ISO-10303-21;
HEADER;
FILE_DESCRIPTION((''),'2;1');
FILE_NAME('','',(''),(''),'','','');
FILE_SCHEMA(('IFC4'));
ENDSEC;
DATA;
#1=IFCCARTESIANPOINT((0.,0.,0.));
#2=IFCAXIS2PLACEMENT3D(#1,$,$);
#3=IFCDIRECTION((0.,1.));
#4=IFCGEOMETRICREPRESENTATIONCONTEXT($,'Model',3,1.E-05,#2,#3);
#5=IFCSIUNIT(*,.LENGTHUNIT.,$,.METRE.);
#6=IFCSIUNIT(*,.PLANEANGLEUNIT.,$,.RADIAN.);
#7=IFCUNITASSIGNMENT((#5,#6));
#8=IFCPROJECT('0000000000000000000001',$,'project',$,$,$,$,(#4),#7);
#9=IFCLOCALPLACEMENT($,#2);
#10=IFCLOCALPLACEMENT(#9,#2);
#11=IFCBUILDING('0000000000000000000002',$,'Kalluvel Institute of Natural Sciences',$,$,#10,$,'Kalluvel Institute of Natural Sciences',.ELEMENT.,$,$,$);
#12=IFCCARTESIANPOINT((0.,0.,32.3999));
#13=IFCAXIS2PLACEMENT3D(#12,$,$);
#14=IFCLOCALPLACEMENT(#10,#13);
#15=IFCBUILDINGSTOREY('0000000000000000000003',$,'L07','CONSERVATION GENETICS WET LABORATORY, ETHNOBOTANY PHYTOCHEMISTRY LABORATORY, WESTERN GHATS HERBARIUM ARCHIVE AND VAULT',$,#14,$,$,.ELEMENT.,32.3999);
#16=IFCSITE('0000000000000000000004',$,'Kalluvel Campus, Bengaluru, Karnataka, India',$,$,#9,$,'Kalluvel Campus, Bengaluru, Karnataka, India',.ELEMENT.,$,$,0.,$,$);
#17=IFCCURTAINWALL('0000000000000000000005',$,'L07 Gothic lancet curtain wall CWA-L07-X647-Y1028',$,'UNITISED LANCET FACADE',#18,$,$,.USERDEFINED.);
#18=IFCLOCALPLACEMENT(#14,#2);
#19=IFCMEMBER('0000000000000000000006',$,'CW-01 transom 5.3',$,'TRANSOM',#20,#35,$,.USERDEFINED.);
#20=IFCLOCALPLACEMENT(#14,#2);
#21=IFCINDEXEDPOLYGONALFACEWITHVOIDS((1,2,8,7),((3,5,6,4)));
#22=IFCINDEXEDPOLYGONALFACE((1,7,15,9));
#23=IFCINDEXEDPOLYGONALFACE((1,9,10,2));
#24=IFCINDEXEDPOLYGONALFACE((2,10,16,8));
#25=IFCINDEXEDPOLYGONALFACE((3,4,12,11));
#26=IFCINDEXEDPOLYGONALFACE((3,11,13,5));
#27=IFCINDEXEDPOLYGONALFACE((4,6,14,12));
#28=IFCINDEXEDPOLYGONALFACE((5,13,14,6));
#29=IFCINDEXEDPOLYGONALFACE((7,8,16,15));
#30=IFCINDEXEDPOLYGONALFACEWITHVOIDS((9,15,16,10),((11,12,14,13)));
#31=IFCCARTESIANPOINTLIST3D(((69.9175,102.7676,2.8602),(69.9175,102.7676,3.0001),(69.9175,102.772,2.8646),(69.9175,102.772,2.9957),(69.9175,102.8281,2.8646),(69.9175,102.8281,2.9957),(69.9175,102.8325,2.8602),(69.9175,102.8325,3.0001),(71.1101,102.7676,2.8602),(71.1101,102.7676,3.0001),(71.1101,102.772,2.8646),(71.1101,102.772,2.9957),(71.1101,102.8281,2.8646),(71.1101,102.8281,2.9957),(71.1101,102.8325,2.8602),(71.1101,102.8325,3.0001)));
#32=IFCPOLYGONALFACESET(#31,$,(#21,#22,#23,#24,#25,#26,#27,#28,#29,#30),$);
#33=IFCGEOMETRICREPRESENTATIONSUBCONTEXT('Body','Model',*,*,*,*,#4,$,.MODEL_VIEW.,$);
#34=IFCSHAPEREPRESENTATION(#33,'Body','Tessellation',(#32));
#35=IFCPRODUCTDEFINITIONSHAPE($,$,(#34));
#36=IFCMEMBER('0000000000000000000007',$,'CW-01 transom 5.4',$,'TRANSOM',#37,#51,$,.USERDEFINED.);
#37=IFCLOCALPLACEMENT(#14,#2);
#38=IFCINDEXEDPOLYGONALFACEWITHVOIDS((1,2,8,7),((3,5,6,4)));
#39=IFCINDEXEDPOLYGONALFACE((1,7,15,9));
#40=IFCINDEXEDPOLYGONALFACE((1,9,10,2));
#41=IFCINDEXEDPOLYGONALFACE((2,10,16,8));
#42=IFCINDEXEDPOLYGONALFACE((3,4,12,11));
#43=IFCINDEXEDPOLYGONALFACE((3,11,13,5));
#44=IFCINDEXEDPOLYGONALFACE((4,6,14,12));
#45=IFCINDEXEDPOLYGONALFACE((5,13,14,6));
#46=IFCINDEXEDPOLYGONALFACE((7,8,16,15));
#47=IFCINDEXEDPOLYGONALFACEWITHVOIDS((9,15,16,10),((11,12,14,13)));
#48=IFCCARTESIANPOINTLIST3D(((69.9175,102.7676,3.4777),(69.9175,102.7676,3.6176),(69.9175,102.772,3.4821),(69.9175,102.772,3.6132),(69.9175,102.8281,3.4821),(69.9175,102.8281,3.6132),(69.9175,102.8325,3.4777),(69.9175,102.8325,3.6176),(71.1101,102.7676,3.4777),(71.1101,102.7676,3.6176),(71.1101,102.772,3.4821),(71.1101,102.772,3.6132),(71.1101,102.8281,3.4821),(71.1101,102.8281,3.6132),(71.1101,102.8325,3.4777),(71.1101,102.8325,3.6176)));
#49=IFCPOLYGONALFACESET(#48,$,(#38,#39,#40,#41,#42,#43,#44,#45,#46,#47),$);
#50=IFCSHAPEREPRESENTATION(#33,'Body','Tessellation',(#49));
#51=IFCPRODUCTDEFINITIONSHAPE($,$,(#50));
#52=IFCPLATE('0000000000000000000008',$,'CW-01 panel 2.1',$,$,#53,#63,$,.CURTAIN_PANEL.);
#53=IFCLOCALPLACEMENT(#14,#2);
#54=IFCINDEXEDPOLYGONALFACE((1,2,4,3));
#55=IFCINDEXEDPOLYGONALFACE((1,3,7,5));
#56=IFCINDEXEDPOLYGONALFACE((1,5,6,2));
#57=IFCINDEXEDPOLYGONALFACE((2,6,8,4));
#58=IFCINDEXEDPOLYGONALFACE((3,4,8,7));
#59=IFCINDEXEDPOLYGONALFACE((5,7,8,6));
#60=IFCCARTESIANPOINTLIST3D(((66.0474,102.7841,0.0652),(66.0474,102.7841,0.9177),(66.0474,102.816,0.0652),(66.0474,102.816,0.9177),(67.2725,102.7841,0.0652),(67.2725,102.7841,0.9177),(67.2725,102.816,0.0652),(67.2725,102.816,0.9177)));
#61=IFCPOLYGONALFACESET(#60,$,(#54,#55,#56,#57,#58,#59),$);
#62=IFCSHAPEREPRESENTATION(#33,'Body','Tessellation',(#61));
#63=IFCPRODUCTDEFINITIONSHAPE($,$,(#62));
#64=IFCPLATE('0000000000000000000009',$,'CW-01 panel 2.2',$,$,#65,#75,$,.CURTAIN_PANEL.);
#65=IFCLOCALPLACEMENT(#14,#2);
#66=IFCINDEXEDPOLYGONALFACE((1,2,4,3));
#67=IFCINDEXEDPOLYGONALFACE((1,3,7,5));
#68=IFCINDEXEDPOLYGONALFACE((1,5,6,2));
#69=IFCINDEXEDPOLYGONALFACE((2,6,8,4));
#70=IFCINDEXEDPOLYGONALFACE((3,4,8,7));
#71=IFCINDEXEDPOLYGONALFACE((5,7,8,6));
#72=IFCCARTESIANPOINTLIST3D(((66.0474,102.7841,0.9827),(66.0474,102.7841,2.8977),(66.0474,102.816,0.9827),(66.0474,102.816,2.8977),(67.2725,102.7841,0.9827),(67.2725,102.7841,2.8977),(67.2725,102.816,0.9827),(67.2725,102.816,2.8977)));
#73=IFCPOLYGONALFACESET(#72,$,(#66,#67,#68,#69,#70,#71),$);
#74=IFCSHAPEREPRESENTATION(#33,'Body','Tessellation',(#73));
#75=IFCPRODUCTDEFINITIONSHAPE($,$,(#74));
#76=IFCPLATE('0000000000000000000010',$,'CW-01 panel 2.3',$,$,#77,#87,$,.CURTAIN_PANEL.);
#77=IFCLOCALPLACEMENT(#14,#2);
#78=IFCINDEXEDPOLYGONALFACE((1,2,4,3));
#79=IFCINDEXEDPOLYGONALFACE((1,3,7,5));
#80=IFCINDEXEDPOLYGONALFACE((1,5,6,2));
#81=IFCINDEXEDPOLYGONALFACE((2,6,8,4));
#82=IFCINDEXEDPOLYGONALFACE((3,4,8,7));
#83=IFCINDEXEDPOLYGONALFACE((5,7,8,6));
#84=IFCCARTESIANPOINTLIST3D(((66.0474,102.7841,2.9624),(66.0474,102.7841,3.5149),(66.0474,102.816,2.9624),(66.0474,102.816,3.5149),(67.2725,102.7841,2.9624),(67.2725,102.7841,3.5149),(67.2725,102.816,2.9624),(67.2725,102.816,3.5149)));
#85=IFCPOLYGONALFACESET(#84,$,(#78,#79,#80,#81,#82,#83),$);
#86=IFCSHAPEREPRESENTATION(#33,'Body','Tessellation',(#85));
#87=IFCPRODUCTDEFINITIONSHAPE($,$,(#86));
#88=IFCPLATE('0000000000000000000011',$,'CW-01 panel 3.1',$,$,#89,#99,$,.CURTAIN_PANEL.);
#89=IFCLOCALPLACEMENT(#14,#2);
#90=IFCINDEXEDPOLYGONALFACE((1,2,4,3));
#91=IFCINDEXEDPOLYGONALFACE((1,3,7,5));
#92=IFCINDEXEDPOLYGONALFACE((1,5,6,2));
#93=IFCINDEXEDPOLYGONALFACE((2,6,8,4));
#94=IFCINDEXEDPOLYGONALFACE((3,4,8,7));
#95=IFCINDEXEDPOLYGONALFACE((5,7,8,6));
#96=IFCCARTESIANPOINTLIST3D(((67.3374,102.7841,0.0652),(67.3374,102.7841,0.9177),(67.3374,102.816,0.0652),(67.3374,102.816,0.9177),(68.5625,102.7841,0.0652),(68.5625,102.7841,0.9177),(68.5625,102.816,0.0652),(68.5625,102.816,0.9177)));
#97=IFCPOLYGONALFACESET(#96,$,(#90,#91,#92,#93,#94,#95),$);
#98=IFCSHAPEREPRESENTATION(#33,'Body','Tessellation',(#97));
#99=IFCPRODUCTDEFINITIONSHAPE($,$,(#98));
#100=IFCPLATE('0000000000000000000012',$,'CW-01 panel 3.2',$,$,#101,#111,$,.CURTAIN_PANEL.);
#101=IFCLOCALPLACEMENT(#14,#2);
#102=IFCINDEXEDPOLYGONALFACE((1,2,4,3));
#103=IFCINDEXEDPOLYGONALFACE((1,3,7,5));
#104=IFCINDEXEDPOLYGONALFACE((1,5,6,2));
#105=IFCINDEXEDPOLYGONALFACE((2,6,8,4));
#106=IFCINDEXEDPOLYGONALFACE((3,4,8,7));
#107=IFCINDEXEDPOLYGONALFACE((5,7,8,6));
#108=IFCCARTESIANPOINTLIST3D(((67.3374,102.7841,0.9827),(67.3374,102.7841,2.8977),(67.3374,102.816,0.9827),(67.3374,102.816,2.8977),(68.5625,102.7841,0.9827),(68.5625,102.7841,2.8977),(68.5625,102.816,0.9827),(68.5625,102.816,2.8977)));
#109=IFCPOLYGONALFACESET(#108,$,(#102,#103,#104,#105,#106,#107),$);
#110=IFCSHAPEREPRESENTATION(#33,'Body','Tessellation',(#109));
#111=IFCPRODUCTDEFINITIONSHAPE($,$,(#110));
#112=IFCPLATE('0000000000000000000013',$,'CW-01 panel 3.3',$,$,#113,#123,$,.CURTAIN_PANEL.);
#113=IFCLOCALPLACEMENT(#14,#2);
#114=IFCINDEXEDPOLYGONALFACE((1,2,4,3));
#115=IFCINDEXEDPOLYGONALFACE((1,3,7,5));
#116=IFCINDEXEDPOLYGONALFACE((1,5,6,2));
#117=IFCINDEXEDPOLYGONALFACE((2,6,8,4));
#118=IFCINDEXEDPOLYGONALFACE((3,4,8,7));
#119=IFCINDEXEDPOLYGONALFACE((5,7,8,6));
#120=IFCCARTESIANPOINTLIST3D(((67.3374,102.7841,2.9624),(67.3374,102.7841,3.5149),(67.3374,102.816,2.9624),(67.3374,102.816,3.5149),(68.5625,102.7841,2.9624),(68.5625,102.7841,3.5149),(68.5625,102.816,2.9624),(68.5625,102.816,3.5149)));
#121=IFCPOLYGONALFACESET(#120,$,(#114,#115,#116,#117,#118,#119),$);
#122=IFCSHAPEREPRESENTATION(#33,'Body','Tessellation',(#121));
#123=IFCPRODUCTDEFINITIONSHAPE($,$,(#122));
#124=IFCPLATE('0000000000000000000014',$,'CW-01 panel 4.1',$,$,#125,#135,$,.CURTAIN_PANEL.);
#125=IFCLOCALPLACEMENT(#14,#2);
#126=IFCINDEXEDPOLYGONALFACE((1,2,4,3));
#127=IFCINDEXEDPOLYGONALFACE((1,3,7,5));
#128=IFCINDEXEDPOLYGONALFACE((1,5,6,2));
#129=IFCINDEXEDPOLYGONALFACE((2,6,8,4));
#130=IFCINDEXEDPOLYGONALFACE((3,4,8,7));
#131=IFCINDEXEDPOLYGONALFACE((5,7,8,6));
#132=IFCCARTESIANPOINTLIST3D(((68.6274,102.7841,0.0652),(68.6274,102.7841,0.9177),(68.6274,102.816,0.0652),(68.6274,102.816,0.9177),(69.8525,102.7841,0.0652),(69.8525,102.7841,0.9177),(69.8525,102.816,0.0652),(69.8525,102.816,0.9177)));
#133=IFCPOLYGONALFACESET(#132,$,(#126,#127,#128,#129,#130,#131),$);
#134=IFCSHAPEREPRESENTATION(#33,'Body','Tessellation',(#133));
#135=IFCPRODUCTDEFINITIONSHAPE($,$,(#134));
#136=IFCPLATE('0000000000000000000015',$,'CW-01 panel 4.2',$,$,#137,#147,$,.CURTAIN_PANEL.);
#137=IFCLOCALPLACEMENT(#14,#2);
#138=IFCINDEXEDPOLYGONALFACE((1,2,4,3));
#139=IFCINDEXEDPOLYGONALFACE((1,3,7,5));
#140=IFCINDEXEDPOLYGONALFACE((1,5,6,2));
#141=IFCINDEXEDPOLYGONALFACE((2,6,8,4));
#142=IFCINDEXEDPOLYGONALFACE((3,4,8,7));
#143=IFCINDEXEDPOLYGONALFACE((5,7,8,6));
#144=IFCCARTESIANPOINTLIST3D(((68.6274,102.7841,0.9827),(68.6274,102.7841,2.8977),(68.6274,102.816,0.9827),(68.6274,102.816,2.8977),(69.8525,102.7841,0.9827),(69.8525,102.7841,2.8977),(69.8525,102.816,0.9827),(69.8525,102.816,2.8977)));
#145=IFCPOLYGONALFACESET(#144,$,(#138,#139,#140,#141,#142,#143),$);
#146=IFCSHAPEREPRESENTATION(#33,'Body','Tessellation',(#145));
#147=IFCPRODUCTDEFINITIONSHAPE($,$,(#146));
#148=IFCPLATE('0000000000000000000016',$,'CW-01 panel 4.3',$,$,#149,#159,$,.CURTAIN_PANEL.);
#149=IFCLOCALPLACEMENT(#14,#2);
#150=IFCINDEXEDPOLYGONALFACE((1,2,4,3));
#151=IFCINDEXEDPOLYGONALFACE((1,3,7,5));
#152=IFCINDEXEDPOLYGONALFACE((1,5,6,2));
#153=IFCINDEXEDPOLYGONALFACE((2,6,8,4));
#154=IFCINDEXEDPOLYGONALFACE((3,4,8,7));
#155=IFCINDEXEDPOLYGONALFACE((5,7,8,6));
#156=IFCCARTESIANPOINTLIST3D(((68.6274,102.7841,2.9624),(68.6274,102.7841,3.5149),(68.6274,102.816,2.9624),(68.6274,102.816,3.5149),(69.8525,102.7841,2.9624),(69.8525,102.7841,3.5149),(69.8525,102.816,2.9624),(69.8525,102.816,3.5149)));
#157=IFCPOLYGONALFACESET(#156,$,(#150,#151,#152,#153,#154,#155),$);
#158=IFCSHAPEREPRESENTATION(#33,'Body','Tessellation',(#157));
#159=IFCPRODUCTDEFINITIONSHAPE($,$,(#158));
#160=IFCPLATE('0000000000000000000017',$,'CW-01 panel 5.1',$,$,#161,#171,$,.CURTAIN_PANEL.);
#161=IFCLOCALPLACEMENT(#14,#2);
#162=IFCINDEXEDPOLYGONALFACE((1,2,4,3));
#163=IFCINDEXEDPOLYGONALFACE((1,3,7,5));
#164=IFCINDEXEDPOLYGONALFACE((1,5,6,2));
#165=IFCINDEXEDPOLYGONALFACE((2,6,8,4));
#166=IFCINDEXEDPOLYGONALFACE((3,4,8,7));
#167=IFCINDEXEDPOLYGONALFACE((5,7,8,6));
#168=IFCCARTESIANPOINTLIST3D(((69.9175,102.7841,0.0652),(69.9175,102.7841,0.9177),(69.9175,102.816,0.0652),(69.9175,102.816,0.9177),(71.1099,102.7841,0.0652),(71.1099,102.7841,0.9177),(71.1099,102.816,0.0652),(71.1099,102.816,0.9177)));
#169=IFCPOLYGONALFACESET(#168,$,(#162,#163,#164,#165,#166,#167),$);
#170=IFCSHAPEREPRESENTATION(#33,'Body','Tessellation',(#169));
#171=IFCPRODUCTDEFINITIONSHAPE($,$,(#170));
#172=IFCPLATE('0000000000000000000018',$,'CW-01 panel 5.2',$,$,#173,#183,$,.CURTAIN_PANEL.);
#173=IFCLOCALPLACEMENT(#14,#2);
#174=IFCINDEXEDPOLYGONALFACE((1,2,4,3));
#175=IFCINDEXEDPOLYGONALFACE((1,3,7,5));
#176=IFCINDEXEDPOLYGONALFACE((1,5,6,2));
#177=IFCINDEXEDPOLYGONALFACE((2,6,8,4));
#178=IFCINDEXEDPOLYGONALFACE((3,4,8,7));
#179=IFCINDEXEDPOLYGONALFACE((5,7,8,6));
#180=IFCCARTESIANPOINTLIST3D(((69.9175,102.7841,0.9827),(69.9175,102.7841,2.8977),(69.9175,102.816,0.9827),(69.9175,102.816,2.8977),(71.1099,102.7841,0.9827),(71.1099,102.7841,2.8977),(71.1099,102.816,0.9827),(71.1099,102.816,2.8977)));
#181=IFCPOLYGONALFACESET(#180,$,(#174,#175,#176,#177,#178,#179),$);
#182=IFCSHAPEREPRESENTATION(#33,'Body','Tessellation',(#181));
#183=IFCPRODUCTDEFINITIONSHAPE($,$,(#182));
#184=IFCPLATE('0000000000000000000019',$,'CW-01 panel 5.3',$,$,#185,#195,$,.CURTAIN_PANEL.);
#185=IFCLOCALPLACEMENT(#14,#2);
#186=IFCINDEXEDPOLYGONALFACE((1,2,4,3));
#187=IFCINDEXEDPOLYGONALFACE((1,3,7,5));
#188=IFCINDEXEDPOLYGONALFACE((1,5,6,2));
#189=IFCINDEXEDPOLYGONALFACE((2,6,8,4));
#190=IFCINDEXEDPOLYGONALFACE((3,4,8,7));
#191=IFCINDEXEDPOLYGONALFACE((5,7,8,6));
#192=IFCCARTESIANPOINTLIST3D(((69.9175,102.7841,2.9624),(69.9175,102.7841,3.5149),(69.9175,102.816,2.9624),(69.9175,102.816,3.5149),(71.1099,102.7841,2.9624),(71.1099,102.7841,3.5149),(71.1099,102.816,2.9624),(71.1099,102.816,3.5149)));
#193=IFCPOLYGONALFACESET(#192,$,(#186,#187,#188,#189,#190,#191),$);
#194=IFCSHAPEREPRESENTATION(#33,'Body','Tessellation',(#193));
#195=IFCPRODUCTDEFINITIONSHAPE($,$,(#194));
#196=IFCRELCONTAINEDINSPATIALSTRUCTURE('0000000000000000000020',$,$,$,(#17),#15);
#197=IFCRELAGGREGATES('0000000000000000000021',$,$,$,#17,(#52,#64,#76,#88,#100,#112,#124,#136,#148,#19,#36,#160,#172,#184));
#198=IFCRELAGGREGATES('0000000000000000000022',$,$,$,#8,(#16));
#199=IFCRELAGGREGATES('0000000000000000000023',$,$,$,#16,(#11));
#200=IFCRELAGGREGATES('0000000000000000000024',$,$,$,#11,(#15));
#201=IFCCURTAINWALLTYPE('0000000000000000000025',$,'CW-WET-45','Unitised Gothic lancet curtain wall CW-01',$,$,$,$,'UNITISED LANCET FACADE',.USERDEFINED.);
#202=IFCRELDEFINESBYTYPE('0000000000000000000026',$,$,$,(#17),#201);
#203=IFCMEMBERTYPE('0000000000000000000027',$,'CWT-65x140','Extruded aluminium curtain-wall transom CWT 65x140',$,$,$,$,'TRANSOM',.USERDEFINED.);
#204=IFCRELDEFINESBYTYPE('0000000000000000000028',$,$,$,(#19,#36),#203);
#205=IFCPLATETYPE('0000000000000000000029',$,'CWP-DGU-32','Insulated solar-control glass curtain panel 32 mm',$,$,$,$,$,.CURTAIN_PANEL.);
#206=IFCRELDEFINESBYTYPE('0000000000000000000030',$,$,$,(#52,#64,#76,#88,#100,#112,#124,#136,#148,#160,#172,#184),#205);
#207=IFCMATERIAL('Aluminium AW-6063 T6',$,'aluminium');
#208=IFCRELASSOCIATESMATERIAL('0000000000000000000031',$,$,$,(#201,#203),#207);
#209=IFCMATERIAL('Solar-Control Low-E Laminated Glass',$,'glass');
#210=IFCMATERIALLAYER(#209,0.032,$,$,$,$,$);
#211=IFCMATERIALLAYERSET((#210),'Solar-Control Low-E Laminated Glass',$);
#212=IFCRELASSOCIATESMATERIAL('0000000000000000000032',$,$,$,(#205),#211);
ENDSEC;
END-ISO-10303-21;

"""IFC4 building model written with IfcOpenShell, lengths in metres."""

from ifc_helpers import new_model, si_unit, direction, frame, origin, origin_2d, place, context, subcontext, project, spatial, rectangle, hollow_rectangle, extrude, material, layer, layer_set, material_profile, profile_set, type_object, element, aggregate, save


model = new_model("IFC4")

# Units and contexts
model_context = context("Model", 3, precision=1e-05, world=origin(), true_north=direction((0.0, 1.0)))
body_context = subcontext(model_context, "Body", "Model", "MODEL_VIEW")
ifc_project = project(units=[si_unit("LENGTHUNIT", "METRE"), si_unit("PLANEANGLEUNIT", "RADIAN")], contexts=[model_context])

# Site, building, storey
site_placement = place(None, origin())
site = spatial("IfcSite", under=ifc_project, at=site_placement, Name="Kalluvel Campus, Bengaluru, Karnataka, India", LongName="Kalluvel Campus, Bengaluru, Karnataka, India", CompositionType="ELEMENT", RefElevation=0.0)
building_placement = place(site_placement, origin())
building = spatial("IfcBuilding", under=site, at=building_placement, Name="Kalluvel Institute of Natural Sciences", LongName="Kalluvel Institute of Natural Sciences", CompositionType="ELEMENT")
storey_placement = place(building_placement, frame((0.0, 0.0, 32.3999)))
storey = spatial("IfcBuildingStorey", under=building, at=storey_placement, Name="L07", Description="CONSERVATION GENETICS WET LABORATORY, ETHNOBOTANY PHYTOCHEMISTRY LABORATORY, WESTERN GHATS HERBARIUM ARCHIVE AND VAULT", CompositionType="ELEMENT", Elevation=32.3999)

# Curtain wall, members, plates
ifc_material_1 = material(Name="Aluminium AW-6063 T6", Category="aluminium")
curtain_wall_type = type_object("IfcCurtainWallType", Name="CW-WET-45", Description="Unitised Gothic lancet curtain wall CW-01", ElementType="UNITISED LANCET FACADE", PredefinedType="USERDEFINED", material=ifc_material_1)
curtain_wall_placement = place(storey_placement, origin())
curtain_wall = element("IfcCurtainWall", 1, at=curtain_wall_placement, inside=storey, type_object=curtain_wall_type, Name="L07 Gothic lancet curtain wall CWA-L07-X647-Y1028", ObjectType="UNITISED LANCET FACADE", PredefinedType="USERDEFINED")
ifc_material_profile_1 = material_profile(ifc_material_1, hollow_rectangle(XDim=0.0649, YDim=0.1399, WallThickness=0.0044, at=origin_2d()), Name="CWT 65x140")
ifc_profile_set_1 = profile_set([ifc_material_profile_1], Name="Aluminium AW-6063 T6")
member_type_1 = type_object("IfcMemberType", Name="CWT-65x140", Description="Extruded aluminium curtain-wall transom CWT 65x140", ElementType="TRANSOM", PredefinedType="USERDEFINED", material=ifc_profile_set_1)
member_1_placement = place(storey_placement, frame((69.9175, 102.8, 2.9302), z_axis=(1.0, 0.0, 0.0), x_axis=(0.0, 1.0, 0.0)))
member_1 = element("IfcMember", 2, at=member_1_placement, type_object=member_type_1, Name="CW-01 transom 5.3", ObjectType="TRANSOM", PredefinedType="USERDEFINED", context=body_context, shape_type="SweptSolid", body=[
    extrude(hollow_rectangle(XDim=0.0649, YDim=0.1399, WallThickness=0.0044, at=origin_2d()), origin(), (0.0, 0.0, 1.0), 1.1926),
])
member_2_placement = place(storey_placement, frame((69.9175, 102.8, 3.5476), z_axis=(1.0, 0.0, 0.0), x_axis=(0.0, 1.0, 0.0)))
member_2 = element("IfcMember", 3, at=member_2_placement, type_object=member_type_1, Name="CW-01 transom 5.4", ObjectType="TRANSOM", PredefinedType="USERDEFINED", context=body_context, shape_type="SweptSolid", body=[
    extrude(hollow_rectangle(XDim=0.0649, YDim=0.1399, WallThickness=0.0044, at=origin_2d()), origin(), (0.0, 0.0, 1.0), 1.1926),
])
ifc_material_2 = material(Name="Solar-Control Low-E Laminated Glass", Category="glass")
ifc_layer_1 = layer(ifc_material_2, 0.032)
ifc_layer_set_1 = layer_set([ifc_layer_1], Name="Solar-Control Low-E Laminated Glass")
plate_type = type_object("IfcPlateType", Name="CWP-DGU-32", Description="Insulated solar-control glass curtain panel 32 mm", PredefinedType="CURTAIN_PANEL", material=ifc_layer_set_1)
plate_1_placement = place(storey_placement, frame((66.6599, 102.8, 0.0652), z_axis=(0.0, 0.0, 1.0), x_axis=(1.0, 0.0, 0.0)))
plate_1 = element("IfcPlate", 4, at=plate_1_placement, type_object=plate_type, Name="CW-01 panel 2.1", PredefinedType="CURTAIN_PANEL", context=body_context, shape_type="SweptSolid", body=[
    extrude(rectangle(XDim=1.2251, YDim=0.032, at=origin_2d()), origin(), (0.0, 0.0, 1.0), 0.8525),
])
plate_2_placement = place(storey_placement, frame((66.6599, 102.8, 0.9827), z_axis=(0.0, 0.0, 1.0), x_axis=(1.0, 0.0, 0.0)))
plate_2 = element("IfcPlate", 5, at=plate_2_placement, type_object=plate_type, Name="CW-01 panel 2.2", PredefinedType="CURTAIN_PANEL", context=body_context, shape_type="SweptSolid", body=[
    extrude(rectangle(XDim=1.2251, YDim=0.032, at=origin_2d()), origin(), (0.0, 0.0, 1.0), 1.915),
])
plate_3_placement = place(storey_placement, frame((66.6599, 102.8, 2.9624), z_axis=(0.0, 0.0, 1.0), x_axis=(1.0, 0.0, 0.0)))
plate_3 = element("IfcPlate", 6, at=plate_3_placement, type_object=plate_type, Name="CW-01 panel 2.3", PredefinedType="CURTAIN_PANEL", context=body_context, shape_type="SweptSolid", body=[
    extrude(rectangle(XDim=1.2251, YDim=0.032, at=origin_2d()), origin(), (0.0, 0.0, 1.0), 0.5525),
])
plate_4_placement = place(storey_placement, frame((67.95, 102.8, 0.0652), z_axis=(0.0, 0.0, 1.0), x_axis=(1.0, 0.0, 0.0)))
plate_4 = element("IfcPlate", 7, at=plate_4_placement, type_object=plate_type, Name="CW-01 panel 3.1", PredefinedType="CURTAIN_PANEL", context=body_context, shape_type="SweptSolid", body=[
    extrude(rectangle(XDim=1.2251, YDim=0.032, at=origin_2d()), origin(), (0.0, 0.0, 1.0), 0.8525),
])
plate_5_placement = place(storey_placement, frame((67.95, 102.8, 0.9827), z_axis=(0.0, 0.0, 1.0), x_axis=(1.0, 0.0, 0.0)))
plate_5 = element("IfcPlate", 8, at=plate_5_placement, type_object=plate_type, Name="CW-01 panel 3.2", PredefinedType="CURTAIN_PANEL", context=body_context, shape_type="SweptSolid", body=[
    extrude(rectangle(XDim=1.2251, YDim=0.032, at=origin_2d()), origin(), (0.0, 0.0, 1.0), 1.915),
])
plate_6_placement = place(storey_placement, frame((67.95, 102.8, 2.9624), z_axis=(0.0, 0.0, 1.0), x_axis=(1.0, 0.0, 0.0)))
plate_6 = element("IfcPlate", 9, at=plate_6_placement, type_object=plate_type, Name="CW-01 panel 3.3", PredefinedType="CURTAIN_PANEL", context=body_context, shape_type="SweptSolid", body=[
    extrude(rectangle(XDim=1.2251, YDim=0.032, at=origin_2d()), origin(), (0.0, 0.0, 1.0), 0.5525),
])
plate_7_placement = place(storey_placement, frame((69.24, 102.8, 0.0652), z_axis=(0.0, 0.0, 1.0), x_axis=(1.0, 0.0, 0.0)))
plate_7 = element("IfcPlate", 10, at=plate_7_placement, type_object=plate_type, Name="CW-01 panel 4.1", PredefinedType="CURTAIN_PANEL", context=body_context, shape_type="SweptSolid", body=[
    extrude(rectangle(XDim=1.2251, YDim=0.032, at=origin_2d()), origin(), (0.0, 0.0, 1.0), 0.8525),
])
plate_8_placement = place(storey_placement, frame((69.24, 102.8, 0.9827), z_axis=(0.0, 0.0, 1.0), x_axis=(1.0, 0.0, 0.0)))
plate_8 = element("IfcPlate", 11, at=plate_8_placement, type_object=plate_type, Name="CW-01 panel 4.2", PredefinedType="CURTAIN_PANEL", context=body_context, shape_type="SweptSolid", body=[
    extrude(rectangle(XDim=1.2251, YDim=0.032, at=origin_2d()), origin(), (0.0, 0.0, 1.0), 1.915),
])
plate_9_placement = place(storey_placement, frame((69.24, 102.8, 2.9624), z_axis=(0.0, 0.0, 1.0), x_axis=(1.0, 0.0, 0.0)))
plate_9 = element("IfcPlate", 12, at=plate_9_placement, type_object=plate_type, Name="CW-01 panel 4.3", PredefinedType="CURTAIN_PANEL", context=body_context, shape_type="SweptSolid", body=[
    extrude(rectangle(XDim=1.2251, YDim=0.032, at=origin_2d()), origin(), (0.0, 0.0, 1.0), 0.5525),
])
plate_10_placement = place(storey_placement, frame((70.5137, 102.8, 0.0652), z_axis=(0.0, 0.0, 1.0), x_axis=(1.0, 0.0, 0.0)))
plate_10 = element("IfcPlate", 13, at=plate_10_placement, type_object=plate_type, Name="CW-01 panel 5.1", PredefinedType="CURTAIN_PANEL", context=body_context, shape_type="SweptSolid", body=[
    extrude(rectangle(XDim=1.1924, YDim=0.032, at=origin_2d()), origin(), (0.0, 0.0, 1.0), 0.8525),
])
plate_11_placement = place(storey_placement, frame((70.5137, 102.8, 0.9827), z_axis=(0.0, 0.0, 1.0), x_axis=(1.0, 0.0, 0.0)))
plate_11 = element("IfcPlate", 14, at=plate_11_placement, type_object=plate_type, Name="CW-01 panel 5.2", PredefinedType="CURTAIN_PANEL", context=body_context, shape_type="SweptSolid", body=[
    extrude(rectangle(XDim=1.1924, YDim=0.032, at=origin_2d()), origin(), (0.0, 0.0, 1.0), 1.915),
])
plate_12_placement = place(storey_placement, frame((70.5137, 102.8, 2.9624), z_axis=(0.0, 0.0, 1.0), x_axis=(1.0, 0.0, 0.0)))
plate_12 = element("IfcPlate", 15, at=plate_12_placement, type_object=plate_type, Name="CW-01 panel 5.3", PredefinedType="CURTAIN_PANEL", context=body_context, shape_type="SweptSolid", body=[
    extrude(rectangle(XDim=1.1924, YDim=0.032, at=origin_2d()), origin(), (0.0, 0.0, 1.0), 0.5525),
])
aggregate(curtain_wall, [plate_1, plate_2, plate_3, plate_4, plate_5, plate_6, plate_7, plate_8, plate_9, member_1, member_2, plate_10, plate_11, plate_12])

save(model, "model.ifc")
